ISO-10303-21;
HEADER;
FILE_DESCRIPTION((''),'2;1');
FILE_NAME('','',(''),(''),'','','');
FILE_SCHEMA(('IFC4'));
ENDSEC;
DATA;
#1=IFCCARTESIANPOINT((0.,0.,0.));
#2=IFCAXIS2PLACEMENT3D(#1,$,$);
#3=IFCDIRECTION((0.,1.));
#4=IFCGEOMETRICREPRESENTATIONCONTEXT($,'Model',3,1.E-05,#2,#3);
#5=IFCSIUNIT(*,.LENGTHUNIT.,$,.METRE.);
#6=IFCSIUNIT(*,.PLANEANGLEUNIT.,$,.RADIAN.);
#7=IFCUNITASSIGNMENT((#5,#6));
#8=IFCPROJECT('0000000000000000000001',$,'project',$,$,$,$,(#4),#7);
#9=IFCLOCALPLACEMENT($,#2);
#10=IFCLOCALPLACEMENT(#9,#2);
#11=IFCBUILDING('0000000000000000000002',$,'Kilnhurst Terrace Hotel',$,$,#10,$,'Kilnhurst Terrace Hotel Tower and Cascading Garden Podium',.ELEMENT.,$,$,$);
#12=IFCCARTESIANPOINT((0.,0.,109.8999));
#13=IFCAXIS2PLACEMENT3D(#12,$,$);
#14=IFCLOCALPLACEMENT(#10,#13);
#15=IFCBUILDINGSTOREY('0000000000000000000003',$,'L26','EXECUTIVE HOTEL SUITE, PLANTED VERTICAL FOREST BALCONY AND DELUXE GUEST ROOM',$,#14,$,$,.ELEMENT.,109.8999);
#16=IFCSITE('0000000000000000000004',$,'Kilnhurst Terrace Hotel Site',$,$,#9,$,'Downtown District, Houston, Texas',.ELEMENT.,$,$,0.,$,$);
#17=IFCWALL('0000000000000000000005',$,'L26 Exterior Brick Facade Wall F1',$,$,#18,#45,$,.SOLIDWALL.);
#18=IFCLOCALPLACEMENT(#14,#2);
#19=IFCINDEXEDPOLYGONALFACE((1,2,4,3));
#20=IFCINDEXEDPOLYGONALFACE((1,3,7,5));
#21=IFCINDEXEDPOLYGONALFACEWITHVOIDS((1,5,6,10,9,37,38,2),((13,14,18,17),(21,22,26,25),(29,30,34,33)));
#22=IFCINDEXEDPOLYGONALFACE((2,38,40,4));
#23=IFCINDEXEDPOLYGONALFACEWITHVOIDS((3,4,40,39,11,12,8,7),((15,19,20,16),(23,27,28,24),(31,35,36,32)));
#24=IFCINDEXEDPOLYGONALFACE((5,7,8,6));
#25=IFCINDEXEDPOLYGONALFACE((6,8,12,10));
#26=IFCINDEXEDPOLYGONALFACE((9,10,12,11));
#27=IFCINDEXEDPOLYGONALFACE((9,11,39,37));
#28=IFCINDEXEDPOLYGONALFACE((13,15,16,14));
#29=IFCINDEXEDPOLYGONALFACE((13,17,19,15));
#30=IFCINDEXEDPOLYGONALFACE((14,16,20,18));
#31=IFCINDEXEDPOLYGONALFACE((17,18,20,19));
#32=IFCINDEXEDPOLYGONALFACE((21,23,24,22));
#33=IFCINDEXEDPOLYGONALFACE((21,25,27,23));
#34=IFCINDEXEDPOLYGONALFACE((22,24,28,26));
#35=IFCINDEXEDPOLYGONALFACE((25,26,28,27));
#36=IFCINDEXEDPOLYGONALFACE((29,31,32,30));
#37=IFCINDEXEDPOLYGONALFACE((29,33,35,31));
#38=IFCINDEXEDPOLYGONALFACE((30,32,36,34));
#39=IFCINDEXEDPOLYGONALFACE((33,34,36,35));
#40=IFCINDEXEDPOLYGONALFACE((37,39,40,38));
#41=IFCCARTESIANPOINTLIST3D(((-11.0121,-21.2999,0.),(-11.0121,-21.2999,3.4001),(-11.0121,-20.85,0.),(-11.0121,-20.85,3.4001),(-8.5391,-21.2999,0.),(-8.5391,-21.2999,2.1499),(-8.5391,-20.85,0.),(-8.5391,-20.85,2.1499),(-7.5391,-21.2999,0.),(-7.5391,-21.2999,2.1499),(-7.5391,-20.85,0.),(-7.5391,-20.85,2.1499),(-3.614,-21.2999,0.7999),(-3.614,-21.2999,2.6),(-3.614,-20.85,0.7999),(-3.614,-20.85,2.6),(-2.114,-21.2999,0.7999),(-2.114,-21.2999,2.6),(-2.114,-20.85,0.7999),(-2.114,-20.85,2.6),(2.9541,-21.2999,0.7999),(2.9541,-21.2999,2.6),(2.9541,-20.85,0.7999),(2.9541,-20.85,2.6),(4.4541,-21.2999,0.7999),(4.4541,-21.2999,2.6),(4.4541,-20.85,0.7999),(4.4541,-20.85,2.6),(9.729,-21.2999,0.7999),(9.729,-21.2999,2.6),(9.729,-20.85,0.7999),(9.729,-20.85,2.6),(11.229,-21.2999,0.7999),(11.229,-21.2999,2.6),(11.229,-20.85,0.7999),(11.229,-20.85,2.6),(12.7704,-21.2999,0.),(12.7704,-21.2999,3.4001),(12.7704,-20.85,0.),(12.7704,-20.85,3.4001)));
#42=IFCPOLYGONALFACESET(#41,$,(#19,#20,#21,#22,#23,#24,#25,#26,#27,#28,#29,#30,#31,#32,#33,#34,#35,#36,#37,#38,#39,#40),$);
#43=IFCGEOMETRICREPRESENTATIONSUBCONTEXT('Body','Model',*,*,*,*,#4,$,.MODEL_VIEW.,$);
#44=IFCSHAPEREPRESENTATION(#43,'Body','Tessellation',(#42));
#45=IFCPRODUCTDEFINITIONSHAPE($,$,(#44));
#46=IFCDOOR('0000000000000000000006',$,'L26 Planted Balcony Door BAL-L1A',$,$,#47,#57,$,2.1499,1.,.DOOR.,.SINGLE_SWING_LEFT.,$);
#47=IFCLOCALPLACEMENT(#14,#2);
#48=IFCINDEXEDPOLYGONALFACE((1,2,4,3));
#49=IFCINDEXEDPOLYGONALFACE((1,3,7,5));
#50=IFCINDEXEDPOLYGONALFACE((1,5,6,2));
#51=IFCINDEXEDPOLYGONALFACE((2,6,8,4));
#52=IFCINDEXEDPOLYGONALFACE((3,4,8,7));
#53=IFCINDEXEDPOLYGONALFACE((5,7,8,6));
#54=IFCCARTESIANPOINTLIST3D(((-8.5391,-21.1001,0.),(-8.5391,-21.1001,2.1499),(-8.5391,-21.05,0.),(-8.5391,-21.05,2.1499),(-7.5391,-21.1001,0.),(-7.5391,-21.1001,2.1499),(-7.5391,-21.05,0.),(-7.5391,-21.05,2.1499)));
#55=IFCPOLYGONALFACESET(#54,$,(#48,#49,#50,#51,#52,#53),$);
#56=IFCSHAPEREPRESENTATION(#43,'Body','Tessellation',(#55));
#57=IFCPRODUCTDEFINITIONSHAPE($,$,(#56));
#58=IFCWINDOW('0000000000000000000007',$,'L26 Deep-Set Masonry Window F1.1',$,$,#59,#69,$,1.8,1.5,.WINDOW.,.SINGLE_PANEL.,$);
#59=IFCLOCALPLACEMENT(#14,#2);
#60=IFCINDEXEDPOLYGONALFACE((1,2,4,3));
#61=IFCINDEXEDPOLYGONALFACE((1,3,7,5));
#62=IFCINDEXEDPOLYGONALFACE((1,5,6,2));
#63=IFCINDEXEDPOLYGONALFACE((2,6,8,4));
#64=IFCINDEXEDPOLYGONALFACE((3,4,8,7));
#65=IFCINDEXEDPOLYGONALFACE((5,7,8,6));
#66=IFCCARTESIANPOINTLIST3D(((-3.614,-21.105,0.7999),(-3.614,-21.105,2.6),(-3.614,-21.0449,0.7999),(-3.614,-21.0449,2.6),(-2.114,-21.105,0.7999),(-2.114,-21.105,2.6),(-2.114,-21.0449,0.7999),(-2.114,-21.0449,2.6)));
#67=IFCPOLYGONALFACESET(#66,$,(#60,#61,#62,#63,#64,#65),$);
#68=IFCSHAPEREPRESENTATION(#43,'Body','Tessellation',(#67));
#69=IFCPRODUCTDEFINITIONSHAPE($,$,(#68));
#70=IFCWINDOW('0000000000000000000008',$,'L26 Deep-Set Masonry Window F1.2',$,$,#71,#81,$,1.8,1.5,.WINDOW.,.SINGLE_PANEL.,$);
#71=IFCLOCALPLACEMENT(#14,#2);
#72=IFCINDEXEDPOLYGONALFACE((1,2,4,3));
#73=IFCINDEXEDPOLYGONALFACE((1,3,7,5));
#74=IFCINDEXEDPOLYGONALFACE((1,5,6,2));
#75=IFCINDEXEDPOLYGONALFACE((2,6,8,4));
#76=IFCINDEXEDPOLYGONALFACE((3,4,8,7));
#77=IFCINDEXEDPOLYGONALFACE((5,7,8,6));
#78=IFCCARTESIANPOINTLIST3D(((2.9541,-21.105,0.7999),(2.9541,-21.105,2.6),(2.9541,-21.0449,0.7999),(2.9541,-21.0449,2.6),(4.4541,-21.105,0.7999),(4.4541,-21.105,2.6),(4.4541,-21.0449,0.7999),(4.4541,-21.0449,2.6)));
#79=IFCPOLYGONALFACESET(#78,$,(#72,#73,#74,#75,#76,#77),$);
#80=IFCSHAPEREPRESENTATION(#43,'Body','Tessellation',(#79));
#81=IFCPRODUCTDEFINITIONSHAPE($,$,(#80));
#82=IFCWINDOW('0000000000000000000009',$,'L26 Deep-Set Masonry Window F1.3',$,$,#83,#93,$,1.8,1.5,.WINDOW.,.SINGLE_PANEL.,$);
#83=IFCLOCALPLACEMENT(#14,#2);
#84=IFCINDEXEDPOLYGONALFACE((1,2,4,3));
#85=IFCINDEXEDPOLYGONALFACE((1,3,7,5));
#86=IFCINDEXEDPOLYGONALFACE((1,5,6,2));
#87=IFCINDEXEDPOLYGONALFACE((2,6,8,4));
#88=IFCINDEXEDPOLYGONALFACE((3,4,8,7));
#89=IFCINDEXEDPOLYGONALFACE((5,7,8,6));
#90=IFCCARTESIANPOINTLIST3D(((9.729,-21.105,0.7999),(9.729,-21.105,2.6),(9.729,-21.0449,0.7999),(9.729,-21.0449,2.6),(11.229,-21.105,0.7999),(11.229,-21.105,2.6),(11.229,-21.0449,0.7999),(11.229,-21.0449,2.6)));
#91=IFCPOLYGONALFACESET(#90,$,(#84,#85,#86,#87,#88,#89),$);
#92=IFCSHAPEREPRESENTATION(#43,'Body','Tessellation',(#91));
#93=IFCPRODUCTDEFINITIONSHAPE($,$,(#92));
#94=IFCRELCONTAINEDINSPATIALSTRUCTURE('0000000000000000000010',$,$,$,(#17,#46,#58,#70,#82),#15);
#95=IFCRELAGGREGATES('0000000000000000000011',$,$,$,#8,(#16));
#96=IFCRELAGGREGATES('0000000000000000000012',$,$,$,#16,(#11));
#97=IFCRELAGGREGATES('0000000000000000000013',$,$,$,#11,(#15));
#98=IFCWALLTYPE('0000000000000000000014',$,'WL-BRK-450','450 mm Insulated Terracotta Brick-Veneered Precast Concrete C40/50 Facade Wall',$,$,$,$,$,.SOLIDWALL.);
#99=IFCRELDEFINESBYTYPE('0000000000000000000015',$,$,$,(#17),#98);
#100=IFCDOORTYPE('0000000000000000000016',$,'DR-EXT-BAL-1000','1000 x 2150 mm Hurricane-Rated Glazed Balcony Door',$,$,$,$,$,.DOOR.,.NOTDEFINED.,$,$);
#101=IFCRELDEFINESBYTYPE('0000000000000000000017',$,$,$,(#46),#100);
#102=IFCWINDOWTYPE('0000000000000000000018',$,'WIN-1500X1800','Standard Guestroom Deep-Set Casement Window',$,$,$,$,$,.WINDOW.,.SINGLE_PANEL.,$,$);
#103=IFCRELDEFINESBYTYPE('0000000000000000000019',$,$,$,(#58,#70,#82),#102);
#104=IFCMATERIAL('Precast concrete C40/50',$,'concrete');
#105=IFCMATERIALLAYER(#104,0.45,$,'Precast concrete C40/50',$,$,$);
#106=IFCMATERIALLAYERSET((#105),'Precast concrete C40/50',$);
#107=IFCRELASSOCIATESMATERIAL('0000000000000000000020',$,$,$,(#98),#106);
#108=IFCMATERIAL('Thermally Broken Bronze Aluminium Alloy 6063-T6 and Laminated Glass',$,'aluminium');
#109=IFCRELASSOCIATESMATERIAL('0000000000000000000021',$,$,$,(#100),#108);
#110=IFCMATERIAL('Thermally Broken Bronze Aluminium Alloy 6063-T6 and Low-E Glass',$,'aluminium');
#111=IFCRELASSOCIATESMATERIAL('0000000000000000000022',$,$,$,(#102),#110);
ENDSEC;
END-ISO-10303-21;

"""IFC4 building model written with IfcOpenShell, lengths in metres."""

from ifc_helpers import new_model, si_unit, direction, frame, frame_2d, origin, place, context, subcontext, project, spatial, rectangle, extrude, material, layer, layer_set, type_object, element, fill, save


model = new_model("IFC4")

# Units and contexts
model_context = context("Model", 3, precision=1e-05, world=origin(), true_north=direction((0.0, 1.0)))
body_context = subcontext(model_context, "Body", "Model", "MODEL_VIEW")
ifc_project = project(units=[si_unit("LENGTHUNIT", "METRE"), si_unit("PLANEANGLEUNIT", "RADIAN")], contexts=[model_context])

# Site, building, storey
site_placement = place(None, origin())
site = spatial("IfcSite", under=ifc_project, at=site_placement, Name="Kilnhurst Terrace Hotel Site", LongName="Downtown District, Houston, Texas", CompositionType="ELEMENT", RefElevation=0.0)
building_placement = place(site_placement, origin())
building = spatial("IfcBuilding", under=site, at=building_placement, Name="Kilnhurst Terrace Hotel", LongName="Kilnhurst Terrace Hotel Tower and Cascading Garden Podium", CompositionType="ELEMENT")
storey_placement = place(building_placement, frame((0.0, 0.0, 109.8999)))
storey = spatial("IfcBuildingStorey", under=building, at=storey_placement, Name="L26", Description="EXECUTIVE HOTEL SUITE, PLANTED VERTICAL FOREST BALCONY AND DELUXE GUEST ROOM", CompositionType="ELEMENT", Elevation=109.8999)

# Shared definitions
ifc_material_1 = material(Name="Precast concrete C40/50", Category="concrete")
ifc_layer_1 = layer(ifc_material_1, 0.45, Name="Precast concrete C40/50")
ifc_layer_set_1 = layer_set([ifc_layer_1], Name="Precast concrete C40/50")
wall_type_1 = type_object("IfcWallType", Name="WL-BRK-450", Description="450 mm Insulated Terracotta Brick-Veneered Precast Concrete C40/50 Facade Wall", PredefinedType="SOLIDWALL", material=ifc_layer_set_1)

# Wall, openings, door, windows
wall_1_placement = place(storey_placement, frame((-11.012, -21.075, 0.0), z_axis=(0.0, 0.0, 1.0), x_axis=(1.0, 0.0, 0.0)))
wall_1 = element("IfcWall", 1, at=wall_1_placement, inside=storey, type_object=wall_type_1, Name="L26 Exterior Brick Facade Wall F1", PredefinedType="SOLIDWALL", context=body_context, shape_type="SweptSolid", body=[
    extrude(rectangle(XDim=23.7825, YDim=0.45, at=frame_2d((11.8911, 0.0))), origin(), (0.0, 0.0, 1.0), 3.4001),
])
opening_1_placement = place(wall_1_placement, frame((2.4729, 0.0, 0.0)))
opening_1 = element("IfcOpeningElement", 2, at=opening_1_placement, cuts=wall_1, PredefinedType="OPENING", context=body_context, shape_type="SweptSolid", body=[
    extrude(rectangle(XDim=1.0, YDim=2.1499, at=frame_2d((0.5, 1.075))), frame((0.0, 0.2349, 0.0), z_axis=(0.0, -1.0, 0.0), x_axis=(1.0, 0.0, 0.0)), (0.0, 0.0, 1.0), 0.47),
])
opening_2_placement = place(wall_1_placement, frame((7.3979, 0.0, 0.8)))
opening_2 = element("IfcOpeningElement", 3, at=opening_2_placement, cuts=wall_1, PredefinedType="OPENING", context=body_context, shape_type="SweptSolid", body=[
    extrude(rectangle(XDim=1.5, YDim=1.8, at=frame_2d((0.75, 0.8999))), frame((0.0, 0.2349, 0.0), z_axis=(0.0, -1.0, 0.0), x_axis=(1.0, 0.0, 0.0)), (0.0, 0.0, 1.0), 0.47),
])
opening_3_placement = place(wall_1_placement, frame((13.9661, 0.0, 0.8)))
opening_3 = element("IfcOpeningElement", 4, at=opening_3_placement, cuts=wall_1, PredefinedType="OPENING", context=body_context, shape_type="SweptSolid", body=[
    extrude(rectangle(XDim=1.5, YDim=1.8, at=frame_2d((0.75, 0.8999))), frame((0.0, 0.2349, 0.0), z_axis=(0.0, -1.0, 0.0), x_axis=(1.0, 0.0, 0.0)), (0.0, 0.0, 1.0), 0.47),
])
opening_4_placement = place(wall_1_placement, frame((20.741, 0.0, 0.8)))
opening_4 = element("IfcOpeningElement", 5, at=opening_4_placement, cuts=wall_1, PredefinedType="OPENING", context=body_context, shape_type="SweptSolid", body=[
    extrude(rectangle(XDim=1.5, YDim=1.8, at=frame_2d((0.75, 0.8999))), frame((0.0, 0.2349, 0.0), z_axis=(0.0, -1.0, 0.0), x_axis=(1.0, 0.0, 0.0)), (0.0, 0.0, 1.0), 0.47),
])
ifc_material_2 = material(Name="Thermally Broken Bronze Aluminium Alloy 6063-T6 and Laminated Glass", Category="aluminium")
door_type_1 = type_object("IfcDoorType", Name="DR-EXT-BAL-1000", Description="1000 x 2150 mm Hurricane-Rated Glazed Balcony Door", OperationType="NOTDEFINED", PredefinedType="DOOR", material=ifc_material_2)
door_1_placement = place(opening_1_placement, origin())
door_1 = element("IfcDoor", 6, at=door_1_placement, inside=storey, type_object=door_type_1, Name="L26 Planted Balcony Door BAL-L1A", OperationType="SINGLE_SWING_LEFT", OverallHeight=2.1499, OverallWidth=1.0, PredefinedType="DOOR", context=body_context, shape_type="SweptSolid", body=[
    extrude(rectangle(XDim=1.0, YDim=2.1499, at=frame_2d((0.5, 1.075))), frame((0.0, 0.0249, 0.0), z_axis=(0.0, -1.0, 0.0), x_axis=(1.0, 0.0, 0.0)), (0.0, 0.0, 1.0), 0.05),
])
fill(opening_1, door_1)
ifc_material_3 = material(Name="Thermally Broken Bronze Aluminium Alloy 6063-T6 and Low-E Glass", Category="aluminium")
window_type = type_object("IfcWindowType", Name="WIN-1500X1800", Description="Standard Guestroom Deep-Set Casement Window", PartitioningType="SINGLE_PANEL", PredefinedType="WINDOW", material=ifc_material_3)
window_1_placement = place(opening_2_placement, origin())
window_1 = element("IfcWindow", 7, at=window_1_placement, inside=storey, type_object=window_type, Name="L26 Deep-Set Masonry Window F1.1", OverallHeight=1.8, OverallWidth=1.5, PartitioningType="SINGLE_PANEL", PredefinedType="WINDOW", context=body_context, shape_type="SweptSolid", body=[
    extrude(rectangle(XDim=1.5, YDim=1.8, at=frame_2d((0.75, 0.8999))), frame((0.0, 0.03, 0.0), z_axis=(0.0, -1.0, 0.0), x_axis=(1.0, 0.0, 0.0)), (0.0, 0.0, 1.0), 0.0601),
])
fill(opening_2, window_1)
window_2_placement = place(opening_3_placement, origin())
window_2 = element("IfcWindow", 8, at=window_2_placement, inside=storey, type_object=window_type, Name="L26 Deep-Set Masonry Window F1.2", OverallHeight=1.8, OverallWidth=1.5, PartitioningType="SINGLE_PANEL", PredefinedType="WINDOW", context=body_context, shape_type="SweptSolid", body=[
    extrude(rectangle(XDim=1.5, YDim=1.8, at=frame_2d((0.75, 0.8999))), frame((0.0, 0.03, 0.0), z_axis=(0.0, -1.0, 0.0), x_axis=(1.0, 0.0, 0.0)), (0.0, 0.0, 1.0), 0.0601),
])
fill(opening_3, window_2)
window_3_placement = place(opening_4_placement, origin())
window_3 = element("IfcWindow", 9, at=window_3_placement, inside=storey, type_object=window_type, Name="L26 Deep-Set Masonry Window F1.3", OverallHeight=1.8, OverallWidth=1.5, PartitioningType="SINGLE_PANEL", PredefinedType="WINDOW", context=body_context, shape_type="SweptSolid", body=[
    extrude(rectangle(XDim=1.5, YDim=1.8, at=frame_2d((0.75, 0.8999))), frame((0.0, 0.03, 0.0), z_axis=(0.0, -1.0, 0.0), x_axis=(1.0, 0.0, 0.0)), (0.0, 0.0, 1.0), 0.0601),
])
fill(opening_4, window_3)

save(model, "model.ifc")
